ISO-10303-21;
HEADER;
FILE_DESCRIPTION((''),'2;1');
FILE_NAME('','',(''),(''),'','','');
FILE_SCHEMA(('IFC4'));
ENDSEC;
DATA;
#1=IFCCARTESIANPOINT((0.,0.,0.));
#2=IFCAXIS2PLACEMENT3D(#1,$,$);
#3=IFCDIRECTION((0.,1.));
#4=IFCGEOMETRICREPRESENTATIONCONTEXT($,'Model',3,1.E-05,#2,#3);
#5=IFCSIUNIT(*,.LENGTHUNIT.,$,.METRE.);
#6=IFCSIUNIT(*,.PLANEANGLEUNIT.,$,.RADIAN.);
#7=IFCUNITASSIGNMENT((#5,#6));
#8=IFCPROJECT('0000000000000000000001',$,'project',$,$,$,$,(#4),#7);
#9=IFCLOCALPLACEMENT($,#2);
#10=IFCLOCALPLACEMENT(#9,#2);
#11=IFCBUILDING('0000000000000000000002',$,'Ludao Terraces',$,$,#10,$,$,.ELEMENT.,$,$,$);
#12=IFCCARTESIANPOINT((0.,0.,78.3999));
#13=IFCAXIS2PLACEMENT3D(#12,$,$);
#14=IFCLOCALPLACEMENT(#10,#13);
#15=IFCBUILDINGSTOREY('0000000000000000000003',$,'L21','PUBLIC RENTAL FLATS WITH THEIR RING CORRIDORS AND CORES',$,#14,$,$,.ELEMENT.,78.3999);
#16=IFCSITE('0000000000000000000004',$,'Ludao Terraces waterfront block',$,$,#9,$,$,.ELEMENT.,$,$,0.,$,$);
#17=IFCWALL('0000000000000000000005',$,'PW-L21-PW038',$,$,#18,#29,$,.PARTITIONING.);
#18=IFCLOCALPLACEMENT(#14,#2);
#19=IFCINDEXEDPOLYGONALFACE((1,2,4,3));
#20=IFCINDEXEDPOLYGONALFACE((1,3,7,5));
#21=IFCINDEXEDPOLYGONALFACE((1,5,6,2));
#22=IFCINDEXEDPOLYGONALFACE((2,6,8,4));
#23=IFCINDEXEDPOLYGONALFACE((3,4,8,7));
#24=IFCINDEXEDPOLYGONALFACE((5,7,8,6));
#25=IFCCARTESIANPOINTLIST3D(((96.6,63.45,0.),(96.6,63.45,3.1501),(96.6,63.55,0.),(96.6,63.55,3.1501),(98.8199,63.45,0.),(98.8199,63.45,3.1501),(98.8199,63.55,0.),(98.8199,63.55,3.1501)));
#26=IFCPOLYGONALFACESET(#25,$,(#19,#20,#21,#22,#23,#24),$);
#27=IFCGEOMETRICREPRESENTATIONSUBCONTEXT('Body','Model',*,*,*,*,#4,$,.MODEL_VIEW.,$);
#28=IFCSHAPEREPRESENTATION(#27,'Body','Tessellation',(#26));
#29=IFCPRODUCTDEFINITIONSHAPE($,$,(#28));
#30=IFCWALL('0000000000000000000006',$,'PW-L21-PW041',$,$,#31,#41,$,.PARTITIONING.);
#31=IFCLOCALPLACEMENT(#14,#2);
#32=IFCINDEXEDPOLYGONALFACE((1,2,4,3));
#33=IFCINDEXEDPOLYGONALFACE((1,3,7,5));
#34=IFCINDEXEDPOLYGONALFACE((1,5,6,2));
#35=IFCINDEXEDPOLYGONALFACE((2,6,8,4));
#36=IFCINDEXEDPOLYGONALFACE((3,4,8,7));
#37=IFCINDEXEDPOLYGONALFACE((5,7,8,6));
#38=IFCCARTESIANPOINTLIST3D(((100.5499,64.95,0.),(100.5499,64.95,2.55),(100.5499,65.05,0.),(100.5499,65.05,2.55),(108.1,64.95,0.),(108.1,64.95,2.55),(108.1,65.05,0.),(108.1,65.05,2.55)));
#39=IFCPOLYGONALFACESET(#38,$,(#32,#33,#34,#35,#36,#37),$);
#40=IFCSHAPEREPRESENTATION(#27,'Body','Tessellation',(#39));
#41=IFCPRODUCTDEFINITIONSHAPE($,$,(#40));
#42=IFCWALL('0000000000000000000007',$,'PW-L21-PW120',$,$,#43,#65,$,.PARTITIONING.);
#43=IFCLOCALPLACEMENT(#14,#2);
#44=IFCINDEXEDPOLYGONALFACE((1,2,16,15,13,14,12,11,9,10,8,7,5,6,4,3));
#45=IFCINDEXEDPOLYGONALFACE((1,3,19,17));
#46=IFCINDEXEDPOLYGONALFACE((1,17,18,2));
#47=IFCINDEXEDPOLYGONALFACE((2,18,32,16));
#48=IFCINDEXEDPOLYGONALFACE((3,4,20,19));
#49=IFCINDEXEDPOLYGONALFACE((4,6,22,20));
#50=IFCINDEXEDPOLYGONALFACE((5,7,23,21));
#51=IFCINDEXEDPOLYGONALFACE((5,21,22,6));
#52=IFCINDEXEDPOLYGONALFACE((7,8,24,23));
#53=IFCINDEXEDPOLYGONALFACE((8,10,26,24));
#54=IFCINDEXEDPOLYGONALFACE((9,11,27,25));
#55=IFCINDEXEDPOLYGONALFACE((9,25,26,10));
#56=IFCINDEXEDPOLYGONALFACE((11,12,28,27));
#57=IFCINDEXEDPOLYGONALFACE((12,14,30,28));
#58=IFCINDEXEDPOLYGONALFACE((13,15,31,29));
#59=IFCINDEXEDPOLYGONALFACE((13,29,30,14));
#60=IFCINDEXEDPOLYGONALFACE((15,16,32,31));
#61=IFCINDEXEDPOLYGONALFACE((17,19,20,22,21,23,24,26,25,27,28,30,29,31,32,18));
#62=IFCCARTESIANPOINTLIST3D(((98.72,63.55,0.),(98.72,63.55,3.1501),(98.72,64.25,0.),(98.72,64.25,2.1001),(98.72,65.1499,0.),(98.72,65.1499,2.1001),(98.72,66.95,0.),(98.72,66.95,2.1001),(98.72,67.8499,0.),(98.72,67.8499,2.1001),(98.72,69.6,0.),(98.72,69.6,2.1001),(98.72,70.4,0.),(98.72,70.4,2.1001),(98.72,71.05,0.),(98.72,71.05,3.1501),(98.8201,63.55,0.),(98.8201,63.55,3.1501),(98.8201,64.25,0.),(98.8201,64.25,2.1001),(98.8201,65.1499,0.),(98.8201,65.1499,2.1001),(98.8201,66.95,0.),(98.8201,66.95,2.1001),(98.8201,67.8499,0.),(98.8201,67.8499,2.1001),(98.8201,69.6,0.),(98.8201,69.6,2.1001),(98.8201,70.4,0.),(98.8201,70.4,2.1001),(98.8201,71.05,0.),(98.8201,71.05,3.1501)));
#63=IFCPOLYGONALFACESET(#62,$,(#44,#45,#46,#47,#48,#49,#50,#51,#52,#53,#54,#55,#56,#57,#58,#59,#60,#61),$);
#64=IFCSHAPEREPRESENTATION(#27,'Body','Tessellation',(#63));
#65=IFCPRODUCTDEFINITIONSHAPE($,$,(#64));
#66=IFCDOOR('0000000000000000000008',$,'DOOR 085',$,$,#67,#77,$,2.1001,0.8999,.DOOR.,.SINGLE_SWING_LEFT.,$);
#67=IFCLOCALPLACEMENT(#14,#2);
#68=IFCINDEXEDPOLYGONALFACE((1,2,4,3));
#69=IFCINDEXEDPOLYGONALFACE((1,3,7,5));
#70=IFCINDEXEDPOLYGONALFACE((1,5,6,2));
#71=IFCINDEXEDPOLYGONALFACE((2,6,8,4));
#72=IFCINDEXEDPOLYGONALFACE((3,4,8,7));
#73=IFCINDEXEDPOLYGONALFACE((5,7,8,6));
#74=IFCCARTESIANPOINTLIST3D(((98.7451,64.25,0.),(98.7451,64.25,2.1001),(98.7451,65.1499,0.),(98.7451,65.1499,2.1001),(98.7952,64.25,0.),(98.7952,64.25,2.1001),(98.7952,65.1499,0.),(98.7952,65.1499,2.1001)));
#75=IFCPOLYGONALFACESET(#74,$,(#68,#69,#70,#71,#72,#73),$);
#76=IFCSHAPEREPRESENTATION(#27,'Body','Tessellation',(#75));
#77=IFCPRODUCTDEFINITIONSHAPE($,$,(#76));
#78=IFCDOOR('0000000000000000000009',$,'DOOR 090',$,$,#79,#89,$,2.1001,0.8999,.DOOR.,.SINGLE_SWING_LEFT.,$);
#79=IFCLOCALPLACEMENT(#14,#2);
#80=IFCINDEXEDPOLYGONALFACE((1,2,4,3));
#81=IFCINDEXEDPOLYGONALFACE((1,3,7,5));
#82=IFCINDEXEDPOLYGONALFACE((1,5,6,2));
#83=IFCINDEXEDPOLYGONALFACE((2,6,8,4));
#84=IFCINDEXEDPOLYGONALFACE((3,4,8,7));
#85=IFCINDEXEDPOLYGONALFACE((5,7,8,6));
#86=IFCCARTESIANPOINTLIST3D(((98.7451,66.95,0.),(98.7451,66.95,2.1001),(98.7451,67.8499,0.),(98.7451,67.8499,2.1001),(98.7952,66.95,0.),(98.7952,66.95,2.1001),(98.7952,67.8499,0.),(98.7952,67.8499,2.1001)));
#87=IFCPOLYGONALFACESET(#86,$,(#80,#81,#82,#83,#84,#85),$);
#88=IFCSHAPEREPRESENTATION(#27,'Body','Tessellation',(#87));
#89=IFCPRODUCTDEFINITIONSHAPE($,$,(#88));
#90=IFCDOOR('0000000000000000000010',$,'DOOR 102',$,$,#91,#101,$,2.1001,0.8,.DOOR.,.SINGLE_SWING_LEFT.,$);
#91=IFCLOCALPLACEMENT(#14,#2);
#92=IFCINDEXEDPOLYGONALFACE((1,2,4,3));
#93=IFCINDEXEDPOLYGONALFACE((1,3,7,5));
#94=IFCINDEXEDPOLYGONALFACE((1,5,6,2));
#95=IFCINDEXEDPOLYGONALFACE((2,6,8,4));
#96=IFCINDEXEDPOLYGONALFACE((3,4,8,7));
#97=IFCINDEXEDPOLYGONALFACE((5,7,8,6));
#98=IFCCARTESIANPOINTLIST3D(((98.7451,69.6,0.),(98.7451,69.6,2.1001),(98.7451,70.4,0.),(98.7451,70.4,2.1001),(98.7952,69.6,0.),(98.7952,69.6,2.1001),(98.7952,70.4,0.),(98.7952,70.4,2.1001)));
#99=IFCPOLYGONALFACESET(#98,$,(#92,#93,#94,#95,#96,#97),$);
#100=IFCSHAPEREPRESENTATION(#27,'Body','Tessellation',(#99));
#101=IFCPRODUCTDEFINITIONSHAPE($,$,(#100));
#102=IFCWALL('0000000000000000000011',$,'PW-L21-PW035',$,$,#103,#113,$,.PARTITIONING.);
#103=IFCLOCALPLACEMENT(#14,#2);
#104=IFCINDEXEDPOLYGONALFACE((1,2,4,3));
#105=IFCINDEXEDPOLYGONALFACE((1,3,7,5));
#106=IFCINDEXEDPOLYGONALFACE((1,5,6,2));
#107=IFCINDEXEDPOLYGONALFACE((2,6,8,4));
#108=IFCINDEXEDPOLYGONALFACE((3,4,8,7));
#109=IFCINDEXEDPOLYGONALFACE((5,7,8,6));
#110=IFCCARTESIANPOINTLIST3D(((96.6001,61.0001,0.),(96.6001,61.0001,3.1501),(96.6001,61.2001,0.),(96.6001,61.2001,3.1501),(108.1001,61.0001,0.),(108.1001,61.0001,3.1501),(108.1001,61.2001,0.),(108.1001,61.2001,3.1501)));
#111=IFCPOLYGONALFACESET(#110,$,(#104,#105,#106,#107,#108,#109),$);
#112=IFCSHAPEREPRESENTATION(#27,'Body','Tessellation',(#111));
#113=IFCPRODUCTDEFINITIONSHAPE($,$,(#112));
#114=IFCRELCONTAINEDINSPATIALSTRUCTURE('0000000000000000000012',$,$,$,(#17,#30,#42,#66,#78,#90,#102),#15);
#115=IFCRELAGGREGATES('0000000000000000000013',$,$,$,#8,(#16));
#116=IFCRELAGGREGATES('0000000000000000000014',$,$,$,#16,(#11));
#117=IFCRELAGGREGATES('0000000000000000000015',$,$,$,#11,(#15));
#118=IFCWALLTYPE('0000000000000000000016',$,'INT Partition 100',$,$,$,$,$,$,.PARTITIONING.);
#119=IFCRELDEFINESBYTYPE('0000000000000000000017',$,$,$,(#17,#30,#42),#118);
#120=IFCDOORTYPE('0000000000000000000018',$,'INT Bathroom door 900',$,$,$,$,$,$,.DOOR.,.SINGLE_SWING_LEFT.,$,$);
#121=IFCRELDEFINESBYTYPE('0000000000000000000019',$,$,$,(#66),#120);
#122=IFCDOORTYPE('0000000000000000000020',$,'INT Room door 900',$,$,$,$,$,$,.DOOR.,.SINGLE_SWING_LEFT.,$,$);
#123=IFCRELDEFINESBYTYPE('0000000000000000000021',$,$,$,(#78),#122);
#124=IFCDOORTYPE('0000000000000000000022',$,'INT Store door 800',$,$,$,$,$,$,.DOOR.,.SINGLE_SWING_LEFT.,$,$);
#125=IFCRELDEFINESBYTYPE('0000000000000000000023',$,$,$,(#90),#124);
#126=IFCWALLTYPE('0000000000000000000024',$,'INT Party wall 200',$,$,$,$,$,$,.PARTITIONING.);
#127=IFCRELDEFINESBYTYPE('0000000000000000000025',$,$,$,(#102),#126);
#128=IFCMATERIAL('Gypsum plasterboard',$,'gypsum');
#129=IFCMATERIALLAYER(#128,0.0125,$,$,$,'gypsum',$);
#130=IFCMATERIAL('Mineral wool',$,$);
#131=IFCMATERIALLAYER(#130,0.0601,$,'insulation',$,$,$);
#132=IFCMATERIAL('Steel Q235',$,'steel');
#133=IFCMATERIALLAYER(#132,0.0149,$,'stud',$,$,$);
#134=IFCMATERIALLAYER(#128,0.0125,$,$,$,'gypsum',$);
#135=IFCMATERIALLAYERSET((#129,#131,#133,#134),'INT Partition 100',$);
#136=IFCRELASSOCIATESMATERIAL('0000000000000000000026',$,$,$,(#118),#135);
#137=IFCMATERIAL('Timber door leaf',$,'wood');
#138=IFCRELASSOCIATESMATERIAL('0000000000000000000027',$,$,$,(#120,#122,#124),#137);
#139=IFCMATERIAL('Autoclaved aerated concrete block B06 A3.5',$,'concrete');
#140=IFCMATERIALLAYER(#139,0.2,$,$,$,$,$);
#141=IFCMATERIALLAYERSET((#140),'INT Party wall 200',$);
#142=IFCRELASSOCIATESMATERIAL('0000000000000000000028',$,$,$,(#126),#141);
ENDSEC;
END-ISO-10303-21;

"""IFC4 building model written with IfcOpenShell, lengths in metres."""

from ifc_helpers import new_model, si_unit, direction, frame, frame_2d, origin, place, context, subcontext, project, spatial, rectangle, extrude, material, layer, layer_set, type_object, element, fill, save


model = new_model("IFC4")

# Units and contexts
model_context = context("Model", 3, precision=1e-05, world=origin(), true_north=direction((0.0, 1.0)))
body_context = subcontext(model_context, "Body", "Model", "MODEL_VIEW")
ifc_project = project(units=[si_unit("LENGTHUNIT", "METRE"), si_unit("PLANEANGLEUNIT", "RADIAN")], contexts=[model_context])

# Site, building, storey
site_placement = place(None, origin())
site = spatial("IfcSite", under=ifc_project, at=site_placement, Name="Ludao Terraces waterfront block", CompositionType="ELEMENT", RefElevation=0.0)
building_placement = place(site_placement, origin())
building = spatial("IfcBuilding", under=site, at=building_placement, Name="Ludao Terraces", CompositionType="ELEMENT")
storey_placement = place(building_placement, frame((0.0, 0.0, 78.3999)))
storey = spatial("IfcBuildingStorey", under=building, at=storey_placement, Name="L21", Description="PUBLIC RENTAL FLATS WITH THEIR RING CORRIDORS AND CORES", CompositionType="ELEMENT", Elevation=78.3999)

# Shared definitions
ifc_material_1 = material(Name="Mineral wool")

# Walls
ifc_material_2 = material(Name="Gypsum plasterboard", Category="gypsum")
ifc_layer_1 = layer(ifc_material_2, 0.0125, Category="gypsum")
ifc_layer_2 = layer(ifc_material_1, 0.0601, Name="insulation")
ifc_material_3 = material(Name="Steel Q235", Category="steel")
ifc_layer_3 = layer(ifc_material_3, 0.0149, Name="stud")
ifc_layer_4 = layer(ifc_material_2, 0.0125, Category="gypsum")
ifc_layer_set_1 = layer_set([ifc_layer_1, ifc_layer_2, ifc_layer_3, ifc_layer_4], Name="INT Partition 100")
wall_type_1 = type_object("IfcWallType", Name="INT Partition 100", PredefinedType="PARTITIONING", material=ifc_layer_set_1)
for number, where, z_axis, x_axis, name in (
    (1, (96.6001, 63.5, 0.0), (0.0, 0.0, 1.0), (1.0, 0.0, 0.0), "PW-L21-PW038"),
):
    element("IfcWall", number, at=place(storey_placement, frame(where, z_axis=z_axis, x_axis=x_axis)), inside=storey, type_object=wall_type_1, Name=name, PredefinedType="PARTITIONING", context=body_context, shape_type="SweptSolid", body=[
        extrude(rectangle(XDim=2.22, YDim=0.1001, at=frame_2d((1.1099, 0.0))), origin(), (0.0, 0.0, 1.0), 3.1501),
    ])
wall_1_placement = place(storey_placement, frame((100.55, 65.0, 0.0), z_axis=(0.0, 0.0, 1.0), x_axis=(1.0, 0.0, 0.0)))
element("IfcWall", 2, at=wall_1_placement, inside=storey, type_object=wall_type_1, Name="PW-L21-PW041", PredefinedType="PARTITIONING", context=body_context, shape_type="SweptSolid", body=[
    extrude(rectangle(XDim=7.55, YDim=0.1001, at=frame_2d((3.7749, 0.0))), origin(), (0.0, 0.0, 1.0), 2.55),
])

# Wall, openings, doors
wall_2_placement = place(storey_placement, frame((98.77, 63.55, 0.0), z_axis=(0.0, 0.0, 1.0), x_axis=(0.0, 1.0, 0.0)))
wall_2 = element("IfcWall", 3, at=wall_2_placement, inside=storey, type_object=wall_type_1, Name="PW-L21-PW120", PredefinedType="PARTITIONING", context=body_context, shape_type="SweptSolid", body=[
    extrude(rectangle(XDim=7.5, YDim=0.1001, at=frame_2d((3.75, 0.0))), origin(), (0.0, 0.0, 1.0), 3.1501),
])
opening_1_placement = place(wall_2_placement, frame((0.7, 0.0, 0.0)))
opening_1 = element("IfcOpeningElement", 4, at=opening_1_placement, cuts=wall_2, PredefinedType="OPENING", context=body_context, shape_type="SweptSolid", body=[
    extrude(rectangle(XDim=0.8999, YDim=2.1001, at=frame_2d((0.45, 1.05))), frame((0.0, 0.0601, 0.0), z_axis=(0.0, -1.0, 0.0), x_axis=(1.0, 0.0, 0.0)), (0.0, 0.0, 1.0), 0.1201),
])
opening_2_placement = place(wall_2_placement, frame((3.3999, 0.0, 0.0)))
opening_2 = element("IfcOpeningElement", 5, at=opening_2_placement, cuts=wall_2, PredefinedType="OPENING", context=body_context, shape_type="SweptSolid", body=[
    extrude(rectangle(XDim=0.8999, YDim=2.1001, at=frame_2d((0.45, 1.05))), frame((0.0, 0.0601, 0.0), z_axis=(0.0, -1.0, 0.0), x_axis=(1.0, 0.0, 0.0)), (0.0, 0.0, 1.0), 0.1201),
])
opening_3_placement = place(wall_2_placement, frame((6.05, 0.0, 0.0)))
opening_3 = element("IfcOpeningElement", 6, at=opening_3_placement, cuts=wall_2, PredefinedType="OPENING", context=body_context, shape_type="SweptSolid", body=[
    extrude(rectangle(XDim=0.8, YDim=2.1001, at=frame_2d((0.3999, 1.05))), frame((0.0, 0.0601, 0.0), z_axis=(0.0, -1.0, 0.0), x_axis=(1.0, 0.0, 0.0)), (0.0, 0.0, 1.0), 0.1201),
])
ifc_material_4 = material(Name="Timber door leaf", Category="wood")
door_type_1 = type_object("IfcDoorType", Name="INT Bathroom door 900", OperationType="SINGLE_SWING_LEFT", PredefinedType="DOOR", material=ifc_material_4)
door_1_placement = place(opening_1_placement, origin())
door_1 = element("IfcDoor", 7, at=door_1_placement, inside=storey, type_object=door_type_1, Name="DOOR 085", OperationType="SINGLE_SWING_LEFT", OverallHeight=2.1001, OverallWidth=0.8999, PredefinedType="DOOR", context=body_context, shape_type="SweptSolid", body=[
    extrude(rectangle(XDim=0.8999, YDim=2.1001, at=frame_2d((0.45, 1.05))), frame((0.0, 0.0249, 0.0), z_axis=(0.0, -1.0, 0.0), x_axis=(1.0, 0.0, 0.0)), (0.0, 0.0, 1.0), 0.05),
])
fill(opening_1, door_1)
door_type_2 = type_object("IfcDoorType", Name="INT Room door 900", OperationType="SINGLE_SWING_LEFT", PredefinedType="DOOR", material=ifc_material_4)
door_2_placement = place(opening_2_placement, origin())
door_2 = element("IfcDoor", 8, at=door_2_placement, inside=storey, type_object=door_type_2, Name="DOOR 090", OperationType="SINGLE_SWING_LEFT", OverallHeight=2.1001, OverallWidth=0.8999, PredefinedType="DOOR", context=body_context, shape_type="SweptSolid", body=[
    extrude(rectangle(XDim=0.8999, YDim=2.1001, at=frame_2d((0.45, 1.05))), frame((0.0, 0.0249, 0.0), z_axis=(0.0, -1.0, 0.0), x_axis=(1.0, 0.0, 0.0)), (0.0, 0.0, 1.0), 0.05),
])
fill(opening_2, door_2)
door_type_3 = type_object("IfcDoorType", Name="INT Store door 800", OperationType="SINGLE_SWING_LEFT", PredefinedType="DOOR", material=ifc_material_4)
door_3_placement = place(opening_3_placement, origin())
door_3 = element("IfcDoor", 9, at=door_3_placement, inside=storey, type_object=door_type_3, Name="DOOR 102", OperationType="SINGLE_SWING_LEFT", OverallHeight=2.1001, OverallWidth=0.8, PredefinedType="DOOR", context=body_context, shape_type="SweptSolid", body=[
    extrude(rectangle(XDim=0.8, YDim=2.1001, at=frame_2d((0.3999, 1.05))), frame((0.0, 0.0249, 0.0), z_axis=(0.0, -1.0, 0.0), x_axis=(1.0, 0.0, 0.0)), (0.0, 0.0, 1.0), 0.05),
])
fill(opening_3, door_3)

# Wall
ifc_material_5 = material(Name="Autoclaved aerated concrete block B06 A3.5", Category="concrete")
ifc_layer_5 = layer(ifc_material_5, 0.2)
ifc_layer_set_2 = layer_set([ifc_layer_5], Name="INT Party wall 200")
wall_type_2 = type_object("IfcWallType", Name="INT Party wall 200", PredefinedType="PARTITIONING", material=ifc_layer_set_2)
wall_3_placement = place(storey_placement, frame((96.6001, 61.1001, 0.0), z_axis=(0.0, 0.0, 1.0), x_axis=(1.0, 0.0, 0.0)))
element("IfcWall", 10, at=wall_3_placement, inside=storey, type_object=wall_type_2, Name="PW-L21-PW035", PredefinedType="PARTITIONING", context=body_context, shape_type="SweptSolid", body=[
    extrude(rectangle(XDim=11.5, YDim=0.2, at=frame_2d((5.75, 0.0))), origin(), (0.0, 0.0, 1.0), 3.1501),
])

save(model, "model.ifc")
